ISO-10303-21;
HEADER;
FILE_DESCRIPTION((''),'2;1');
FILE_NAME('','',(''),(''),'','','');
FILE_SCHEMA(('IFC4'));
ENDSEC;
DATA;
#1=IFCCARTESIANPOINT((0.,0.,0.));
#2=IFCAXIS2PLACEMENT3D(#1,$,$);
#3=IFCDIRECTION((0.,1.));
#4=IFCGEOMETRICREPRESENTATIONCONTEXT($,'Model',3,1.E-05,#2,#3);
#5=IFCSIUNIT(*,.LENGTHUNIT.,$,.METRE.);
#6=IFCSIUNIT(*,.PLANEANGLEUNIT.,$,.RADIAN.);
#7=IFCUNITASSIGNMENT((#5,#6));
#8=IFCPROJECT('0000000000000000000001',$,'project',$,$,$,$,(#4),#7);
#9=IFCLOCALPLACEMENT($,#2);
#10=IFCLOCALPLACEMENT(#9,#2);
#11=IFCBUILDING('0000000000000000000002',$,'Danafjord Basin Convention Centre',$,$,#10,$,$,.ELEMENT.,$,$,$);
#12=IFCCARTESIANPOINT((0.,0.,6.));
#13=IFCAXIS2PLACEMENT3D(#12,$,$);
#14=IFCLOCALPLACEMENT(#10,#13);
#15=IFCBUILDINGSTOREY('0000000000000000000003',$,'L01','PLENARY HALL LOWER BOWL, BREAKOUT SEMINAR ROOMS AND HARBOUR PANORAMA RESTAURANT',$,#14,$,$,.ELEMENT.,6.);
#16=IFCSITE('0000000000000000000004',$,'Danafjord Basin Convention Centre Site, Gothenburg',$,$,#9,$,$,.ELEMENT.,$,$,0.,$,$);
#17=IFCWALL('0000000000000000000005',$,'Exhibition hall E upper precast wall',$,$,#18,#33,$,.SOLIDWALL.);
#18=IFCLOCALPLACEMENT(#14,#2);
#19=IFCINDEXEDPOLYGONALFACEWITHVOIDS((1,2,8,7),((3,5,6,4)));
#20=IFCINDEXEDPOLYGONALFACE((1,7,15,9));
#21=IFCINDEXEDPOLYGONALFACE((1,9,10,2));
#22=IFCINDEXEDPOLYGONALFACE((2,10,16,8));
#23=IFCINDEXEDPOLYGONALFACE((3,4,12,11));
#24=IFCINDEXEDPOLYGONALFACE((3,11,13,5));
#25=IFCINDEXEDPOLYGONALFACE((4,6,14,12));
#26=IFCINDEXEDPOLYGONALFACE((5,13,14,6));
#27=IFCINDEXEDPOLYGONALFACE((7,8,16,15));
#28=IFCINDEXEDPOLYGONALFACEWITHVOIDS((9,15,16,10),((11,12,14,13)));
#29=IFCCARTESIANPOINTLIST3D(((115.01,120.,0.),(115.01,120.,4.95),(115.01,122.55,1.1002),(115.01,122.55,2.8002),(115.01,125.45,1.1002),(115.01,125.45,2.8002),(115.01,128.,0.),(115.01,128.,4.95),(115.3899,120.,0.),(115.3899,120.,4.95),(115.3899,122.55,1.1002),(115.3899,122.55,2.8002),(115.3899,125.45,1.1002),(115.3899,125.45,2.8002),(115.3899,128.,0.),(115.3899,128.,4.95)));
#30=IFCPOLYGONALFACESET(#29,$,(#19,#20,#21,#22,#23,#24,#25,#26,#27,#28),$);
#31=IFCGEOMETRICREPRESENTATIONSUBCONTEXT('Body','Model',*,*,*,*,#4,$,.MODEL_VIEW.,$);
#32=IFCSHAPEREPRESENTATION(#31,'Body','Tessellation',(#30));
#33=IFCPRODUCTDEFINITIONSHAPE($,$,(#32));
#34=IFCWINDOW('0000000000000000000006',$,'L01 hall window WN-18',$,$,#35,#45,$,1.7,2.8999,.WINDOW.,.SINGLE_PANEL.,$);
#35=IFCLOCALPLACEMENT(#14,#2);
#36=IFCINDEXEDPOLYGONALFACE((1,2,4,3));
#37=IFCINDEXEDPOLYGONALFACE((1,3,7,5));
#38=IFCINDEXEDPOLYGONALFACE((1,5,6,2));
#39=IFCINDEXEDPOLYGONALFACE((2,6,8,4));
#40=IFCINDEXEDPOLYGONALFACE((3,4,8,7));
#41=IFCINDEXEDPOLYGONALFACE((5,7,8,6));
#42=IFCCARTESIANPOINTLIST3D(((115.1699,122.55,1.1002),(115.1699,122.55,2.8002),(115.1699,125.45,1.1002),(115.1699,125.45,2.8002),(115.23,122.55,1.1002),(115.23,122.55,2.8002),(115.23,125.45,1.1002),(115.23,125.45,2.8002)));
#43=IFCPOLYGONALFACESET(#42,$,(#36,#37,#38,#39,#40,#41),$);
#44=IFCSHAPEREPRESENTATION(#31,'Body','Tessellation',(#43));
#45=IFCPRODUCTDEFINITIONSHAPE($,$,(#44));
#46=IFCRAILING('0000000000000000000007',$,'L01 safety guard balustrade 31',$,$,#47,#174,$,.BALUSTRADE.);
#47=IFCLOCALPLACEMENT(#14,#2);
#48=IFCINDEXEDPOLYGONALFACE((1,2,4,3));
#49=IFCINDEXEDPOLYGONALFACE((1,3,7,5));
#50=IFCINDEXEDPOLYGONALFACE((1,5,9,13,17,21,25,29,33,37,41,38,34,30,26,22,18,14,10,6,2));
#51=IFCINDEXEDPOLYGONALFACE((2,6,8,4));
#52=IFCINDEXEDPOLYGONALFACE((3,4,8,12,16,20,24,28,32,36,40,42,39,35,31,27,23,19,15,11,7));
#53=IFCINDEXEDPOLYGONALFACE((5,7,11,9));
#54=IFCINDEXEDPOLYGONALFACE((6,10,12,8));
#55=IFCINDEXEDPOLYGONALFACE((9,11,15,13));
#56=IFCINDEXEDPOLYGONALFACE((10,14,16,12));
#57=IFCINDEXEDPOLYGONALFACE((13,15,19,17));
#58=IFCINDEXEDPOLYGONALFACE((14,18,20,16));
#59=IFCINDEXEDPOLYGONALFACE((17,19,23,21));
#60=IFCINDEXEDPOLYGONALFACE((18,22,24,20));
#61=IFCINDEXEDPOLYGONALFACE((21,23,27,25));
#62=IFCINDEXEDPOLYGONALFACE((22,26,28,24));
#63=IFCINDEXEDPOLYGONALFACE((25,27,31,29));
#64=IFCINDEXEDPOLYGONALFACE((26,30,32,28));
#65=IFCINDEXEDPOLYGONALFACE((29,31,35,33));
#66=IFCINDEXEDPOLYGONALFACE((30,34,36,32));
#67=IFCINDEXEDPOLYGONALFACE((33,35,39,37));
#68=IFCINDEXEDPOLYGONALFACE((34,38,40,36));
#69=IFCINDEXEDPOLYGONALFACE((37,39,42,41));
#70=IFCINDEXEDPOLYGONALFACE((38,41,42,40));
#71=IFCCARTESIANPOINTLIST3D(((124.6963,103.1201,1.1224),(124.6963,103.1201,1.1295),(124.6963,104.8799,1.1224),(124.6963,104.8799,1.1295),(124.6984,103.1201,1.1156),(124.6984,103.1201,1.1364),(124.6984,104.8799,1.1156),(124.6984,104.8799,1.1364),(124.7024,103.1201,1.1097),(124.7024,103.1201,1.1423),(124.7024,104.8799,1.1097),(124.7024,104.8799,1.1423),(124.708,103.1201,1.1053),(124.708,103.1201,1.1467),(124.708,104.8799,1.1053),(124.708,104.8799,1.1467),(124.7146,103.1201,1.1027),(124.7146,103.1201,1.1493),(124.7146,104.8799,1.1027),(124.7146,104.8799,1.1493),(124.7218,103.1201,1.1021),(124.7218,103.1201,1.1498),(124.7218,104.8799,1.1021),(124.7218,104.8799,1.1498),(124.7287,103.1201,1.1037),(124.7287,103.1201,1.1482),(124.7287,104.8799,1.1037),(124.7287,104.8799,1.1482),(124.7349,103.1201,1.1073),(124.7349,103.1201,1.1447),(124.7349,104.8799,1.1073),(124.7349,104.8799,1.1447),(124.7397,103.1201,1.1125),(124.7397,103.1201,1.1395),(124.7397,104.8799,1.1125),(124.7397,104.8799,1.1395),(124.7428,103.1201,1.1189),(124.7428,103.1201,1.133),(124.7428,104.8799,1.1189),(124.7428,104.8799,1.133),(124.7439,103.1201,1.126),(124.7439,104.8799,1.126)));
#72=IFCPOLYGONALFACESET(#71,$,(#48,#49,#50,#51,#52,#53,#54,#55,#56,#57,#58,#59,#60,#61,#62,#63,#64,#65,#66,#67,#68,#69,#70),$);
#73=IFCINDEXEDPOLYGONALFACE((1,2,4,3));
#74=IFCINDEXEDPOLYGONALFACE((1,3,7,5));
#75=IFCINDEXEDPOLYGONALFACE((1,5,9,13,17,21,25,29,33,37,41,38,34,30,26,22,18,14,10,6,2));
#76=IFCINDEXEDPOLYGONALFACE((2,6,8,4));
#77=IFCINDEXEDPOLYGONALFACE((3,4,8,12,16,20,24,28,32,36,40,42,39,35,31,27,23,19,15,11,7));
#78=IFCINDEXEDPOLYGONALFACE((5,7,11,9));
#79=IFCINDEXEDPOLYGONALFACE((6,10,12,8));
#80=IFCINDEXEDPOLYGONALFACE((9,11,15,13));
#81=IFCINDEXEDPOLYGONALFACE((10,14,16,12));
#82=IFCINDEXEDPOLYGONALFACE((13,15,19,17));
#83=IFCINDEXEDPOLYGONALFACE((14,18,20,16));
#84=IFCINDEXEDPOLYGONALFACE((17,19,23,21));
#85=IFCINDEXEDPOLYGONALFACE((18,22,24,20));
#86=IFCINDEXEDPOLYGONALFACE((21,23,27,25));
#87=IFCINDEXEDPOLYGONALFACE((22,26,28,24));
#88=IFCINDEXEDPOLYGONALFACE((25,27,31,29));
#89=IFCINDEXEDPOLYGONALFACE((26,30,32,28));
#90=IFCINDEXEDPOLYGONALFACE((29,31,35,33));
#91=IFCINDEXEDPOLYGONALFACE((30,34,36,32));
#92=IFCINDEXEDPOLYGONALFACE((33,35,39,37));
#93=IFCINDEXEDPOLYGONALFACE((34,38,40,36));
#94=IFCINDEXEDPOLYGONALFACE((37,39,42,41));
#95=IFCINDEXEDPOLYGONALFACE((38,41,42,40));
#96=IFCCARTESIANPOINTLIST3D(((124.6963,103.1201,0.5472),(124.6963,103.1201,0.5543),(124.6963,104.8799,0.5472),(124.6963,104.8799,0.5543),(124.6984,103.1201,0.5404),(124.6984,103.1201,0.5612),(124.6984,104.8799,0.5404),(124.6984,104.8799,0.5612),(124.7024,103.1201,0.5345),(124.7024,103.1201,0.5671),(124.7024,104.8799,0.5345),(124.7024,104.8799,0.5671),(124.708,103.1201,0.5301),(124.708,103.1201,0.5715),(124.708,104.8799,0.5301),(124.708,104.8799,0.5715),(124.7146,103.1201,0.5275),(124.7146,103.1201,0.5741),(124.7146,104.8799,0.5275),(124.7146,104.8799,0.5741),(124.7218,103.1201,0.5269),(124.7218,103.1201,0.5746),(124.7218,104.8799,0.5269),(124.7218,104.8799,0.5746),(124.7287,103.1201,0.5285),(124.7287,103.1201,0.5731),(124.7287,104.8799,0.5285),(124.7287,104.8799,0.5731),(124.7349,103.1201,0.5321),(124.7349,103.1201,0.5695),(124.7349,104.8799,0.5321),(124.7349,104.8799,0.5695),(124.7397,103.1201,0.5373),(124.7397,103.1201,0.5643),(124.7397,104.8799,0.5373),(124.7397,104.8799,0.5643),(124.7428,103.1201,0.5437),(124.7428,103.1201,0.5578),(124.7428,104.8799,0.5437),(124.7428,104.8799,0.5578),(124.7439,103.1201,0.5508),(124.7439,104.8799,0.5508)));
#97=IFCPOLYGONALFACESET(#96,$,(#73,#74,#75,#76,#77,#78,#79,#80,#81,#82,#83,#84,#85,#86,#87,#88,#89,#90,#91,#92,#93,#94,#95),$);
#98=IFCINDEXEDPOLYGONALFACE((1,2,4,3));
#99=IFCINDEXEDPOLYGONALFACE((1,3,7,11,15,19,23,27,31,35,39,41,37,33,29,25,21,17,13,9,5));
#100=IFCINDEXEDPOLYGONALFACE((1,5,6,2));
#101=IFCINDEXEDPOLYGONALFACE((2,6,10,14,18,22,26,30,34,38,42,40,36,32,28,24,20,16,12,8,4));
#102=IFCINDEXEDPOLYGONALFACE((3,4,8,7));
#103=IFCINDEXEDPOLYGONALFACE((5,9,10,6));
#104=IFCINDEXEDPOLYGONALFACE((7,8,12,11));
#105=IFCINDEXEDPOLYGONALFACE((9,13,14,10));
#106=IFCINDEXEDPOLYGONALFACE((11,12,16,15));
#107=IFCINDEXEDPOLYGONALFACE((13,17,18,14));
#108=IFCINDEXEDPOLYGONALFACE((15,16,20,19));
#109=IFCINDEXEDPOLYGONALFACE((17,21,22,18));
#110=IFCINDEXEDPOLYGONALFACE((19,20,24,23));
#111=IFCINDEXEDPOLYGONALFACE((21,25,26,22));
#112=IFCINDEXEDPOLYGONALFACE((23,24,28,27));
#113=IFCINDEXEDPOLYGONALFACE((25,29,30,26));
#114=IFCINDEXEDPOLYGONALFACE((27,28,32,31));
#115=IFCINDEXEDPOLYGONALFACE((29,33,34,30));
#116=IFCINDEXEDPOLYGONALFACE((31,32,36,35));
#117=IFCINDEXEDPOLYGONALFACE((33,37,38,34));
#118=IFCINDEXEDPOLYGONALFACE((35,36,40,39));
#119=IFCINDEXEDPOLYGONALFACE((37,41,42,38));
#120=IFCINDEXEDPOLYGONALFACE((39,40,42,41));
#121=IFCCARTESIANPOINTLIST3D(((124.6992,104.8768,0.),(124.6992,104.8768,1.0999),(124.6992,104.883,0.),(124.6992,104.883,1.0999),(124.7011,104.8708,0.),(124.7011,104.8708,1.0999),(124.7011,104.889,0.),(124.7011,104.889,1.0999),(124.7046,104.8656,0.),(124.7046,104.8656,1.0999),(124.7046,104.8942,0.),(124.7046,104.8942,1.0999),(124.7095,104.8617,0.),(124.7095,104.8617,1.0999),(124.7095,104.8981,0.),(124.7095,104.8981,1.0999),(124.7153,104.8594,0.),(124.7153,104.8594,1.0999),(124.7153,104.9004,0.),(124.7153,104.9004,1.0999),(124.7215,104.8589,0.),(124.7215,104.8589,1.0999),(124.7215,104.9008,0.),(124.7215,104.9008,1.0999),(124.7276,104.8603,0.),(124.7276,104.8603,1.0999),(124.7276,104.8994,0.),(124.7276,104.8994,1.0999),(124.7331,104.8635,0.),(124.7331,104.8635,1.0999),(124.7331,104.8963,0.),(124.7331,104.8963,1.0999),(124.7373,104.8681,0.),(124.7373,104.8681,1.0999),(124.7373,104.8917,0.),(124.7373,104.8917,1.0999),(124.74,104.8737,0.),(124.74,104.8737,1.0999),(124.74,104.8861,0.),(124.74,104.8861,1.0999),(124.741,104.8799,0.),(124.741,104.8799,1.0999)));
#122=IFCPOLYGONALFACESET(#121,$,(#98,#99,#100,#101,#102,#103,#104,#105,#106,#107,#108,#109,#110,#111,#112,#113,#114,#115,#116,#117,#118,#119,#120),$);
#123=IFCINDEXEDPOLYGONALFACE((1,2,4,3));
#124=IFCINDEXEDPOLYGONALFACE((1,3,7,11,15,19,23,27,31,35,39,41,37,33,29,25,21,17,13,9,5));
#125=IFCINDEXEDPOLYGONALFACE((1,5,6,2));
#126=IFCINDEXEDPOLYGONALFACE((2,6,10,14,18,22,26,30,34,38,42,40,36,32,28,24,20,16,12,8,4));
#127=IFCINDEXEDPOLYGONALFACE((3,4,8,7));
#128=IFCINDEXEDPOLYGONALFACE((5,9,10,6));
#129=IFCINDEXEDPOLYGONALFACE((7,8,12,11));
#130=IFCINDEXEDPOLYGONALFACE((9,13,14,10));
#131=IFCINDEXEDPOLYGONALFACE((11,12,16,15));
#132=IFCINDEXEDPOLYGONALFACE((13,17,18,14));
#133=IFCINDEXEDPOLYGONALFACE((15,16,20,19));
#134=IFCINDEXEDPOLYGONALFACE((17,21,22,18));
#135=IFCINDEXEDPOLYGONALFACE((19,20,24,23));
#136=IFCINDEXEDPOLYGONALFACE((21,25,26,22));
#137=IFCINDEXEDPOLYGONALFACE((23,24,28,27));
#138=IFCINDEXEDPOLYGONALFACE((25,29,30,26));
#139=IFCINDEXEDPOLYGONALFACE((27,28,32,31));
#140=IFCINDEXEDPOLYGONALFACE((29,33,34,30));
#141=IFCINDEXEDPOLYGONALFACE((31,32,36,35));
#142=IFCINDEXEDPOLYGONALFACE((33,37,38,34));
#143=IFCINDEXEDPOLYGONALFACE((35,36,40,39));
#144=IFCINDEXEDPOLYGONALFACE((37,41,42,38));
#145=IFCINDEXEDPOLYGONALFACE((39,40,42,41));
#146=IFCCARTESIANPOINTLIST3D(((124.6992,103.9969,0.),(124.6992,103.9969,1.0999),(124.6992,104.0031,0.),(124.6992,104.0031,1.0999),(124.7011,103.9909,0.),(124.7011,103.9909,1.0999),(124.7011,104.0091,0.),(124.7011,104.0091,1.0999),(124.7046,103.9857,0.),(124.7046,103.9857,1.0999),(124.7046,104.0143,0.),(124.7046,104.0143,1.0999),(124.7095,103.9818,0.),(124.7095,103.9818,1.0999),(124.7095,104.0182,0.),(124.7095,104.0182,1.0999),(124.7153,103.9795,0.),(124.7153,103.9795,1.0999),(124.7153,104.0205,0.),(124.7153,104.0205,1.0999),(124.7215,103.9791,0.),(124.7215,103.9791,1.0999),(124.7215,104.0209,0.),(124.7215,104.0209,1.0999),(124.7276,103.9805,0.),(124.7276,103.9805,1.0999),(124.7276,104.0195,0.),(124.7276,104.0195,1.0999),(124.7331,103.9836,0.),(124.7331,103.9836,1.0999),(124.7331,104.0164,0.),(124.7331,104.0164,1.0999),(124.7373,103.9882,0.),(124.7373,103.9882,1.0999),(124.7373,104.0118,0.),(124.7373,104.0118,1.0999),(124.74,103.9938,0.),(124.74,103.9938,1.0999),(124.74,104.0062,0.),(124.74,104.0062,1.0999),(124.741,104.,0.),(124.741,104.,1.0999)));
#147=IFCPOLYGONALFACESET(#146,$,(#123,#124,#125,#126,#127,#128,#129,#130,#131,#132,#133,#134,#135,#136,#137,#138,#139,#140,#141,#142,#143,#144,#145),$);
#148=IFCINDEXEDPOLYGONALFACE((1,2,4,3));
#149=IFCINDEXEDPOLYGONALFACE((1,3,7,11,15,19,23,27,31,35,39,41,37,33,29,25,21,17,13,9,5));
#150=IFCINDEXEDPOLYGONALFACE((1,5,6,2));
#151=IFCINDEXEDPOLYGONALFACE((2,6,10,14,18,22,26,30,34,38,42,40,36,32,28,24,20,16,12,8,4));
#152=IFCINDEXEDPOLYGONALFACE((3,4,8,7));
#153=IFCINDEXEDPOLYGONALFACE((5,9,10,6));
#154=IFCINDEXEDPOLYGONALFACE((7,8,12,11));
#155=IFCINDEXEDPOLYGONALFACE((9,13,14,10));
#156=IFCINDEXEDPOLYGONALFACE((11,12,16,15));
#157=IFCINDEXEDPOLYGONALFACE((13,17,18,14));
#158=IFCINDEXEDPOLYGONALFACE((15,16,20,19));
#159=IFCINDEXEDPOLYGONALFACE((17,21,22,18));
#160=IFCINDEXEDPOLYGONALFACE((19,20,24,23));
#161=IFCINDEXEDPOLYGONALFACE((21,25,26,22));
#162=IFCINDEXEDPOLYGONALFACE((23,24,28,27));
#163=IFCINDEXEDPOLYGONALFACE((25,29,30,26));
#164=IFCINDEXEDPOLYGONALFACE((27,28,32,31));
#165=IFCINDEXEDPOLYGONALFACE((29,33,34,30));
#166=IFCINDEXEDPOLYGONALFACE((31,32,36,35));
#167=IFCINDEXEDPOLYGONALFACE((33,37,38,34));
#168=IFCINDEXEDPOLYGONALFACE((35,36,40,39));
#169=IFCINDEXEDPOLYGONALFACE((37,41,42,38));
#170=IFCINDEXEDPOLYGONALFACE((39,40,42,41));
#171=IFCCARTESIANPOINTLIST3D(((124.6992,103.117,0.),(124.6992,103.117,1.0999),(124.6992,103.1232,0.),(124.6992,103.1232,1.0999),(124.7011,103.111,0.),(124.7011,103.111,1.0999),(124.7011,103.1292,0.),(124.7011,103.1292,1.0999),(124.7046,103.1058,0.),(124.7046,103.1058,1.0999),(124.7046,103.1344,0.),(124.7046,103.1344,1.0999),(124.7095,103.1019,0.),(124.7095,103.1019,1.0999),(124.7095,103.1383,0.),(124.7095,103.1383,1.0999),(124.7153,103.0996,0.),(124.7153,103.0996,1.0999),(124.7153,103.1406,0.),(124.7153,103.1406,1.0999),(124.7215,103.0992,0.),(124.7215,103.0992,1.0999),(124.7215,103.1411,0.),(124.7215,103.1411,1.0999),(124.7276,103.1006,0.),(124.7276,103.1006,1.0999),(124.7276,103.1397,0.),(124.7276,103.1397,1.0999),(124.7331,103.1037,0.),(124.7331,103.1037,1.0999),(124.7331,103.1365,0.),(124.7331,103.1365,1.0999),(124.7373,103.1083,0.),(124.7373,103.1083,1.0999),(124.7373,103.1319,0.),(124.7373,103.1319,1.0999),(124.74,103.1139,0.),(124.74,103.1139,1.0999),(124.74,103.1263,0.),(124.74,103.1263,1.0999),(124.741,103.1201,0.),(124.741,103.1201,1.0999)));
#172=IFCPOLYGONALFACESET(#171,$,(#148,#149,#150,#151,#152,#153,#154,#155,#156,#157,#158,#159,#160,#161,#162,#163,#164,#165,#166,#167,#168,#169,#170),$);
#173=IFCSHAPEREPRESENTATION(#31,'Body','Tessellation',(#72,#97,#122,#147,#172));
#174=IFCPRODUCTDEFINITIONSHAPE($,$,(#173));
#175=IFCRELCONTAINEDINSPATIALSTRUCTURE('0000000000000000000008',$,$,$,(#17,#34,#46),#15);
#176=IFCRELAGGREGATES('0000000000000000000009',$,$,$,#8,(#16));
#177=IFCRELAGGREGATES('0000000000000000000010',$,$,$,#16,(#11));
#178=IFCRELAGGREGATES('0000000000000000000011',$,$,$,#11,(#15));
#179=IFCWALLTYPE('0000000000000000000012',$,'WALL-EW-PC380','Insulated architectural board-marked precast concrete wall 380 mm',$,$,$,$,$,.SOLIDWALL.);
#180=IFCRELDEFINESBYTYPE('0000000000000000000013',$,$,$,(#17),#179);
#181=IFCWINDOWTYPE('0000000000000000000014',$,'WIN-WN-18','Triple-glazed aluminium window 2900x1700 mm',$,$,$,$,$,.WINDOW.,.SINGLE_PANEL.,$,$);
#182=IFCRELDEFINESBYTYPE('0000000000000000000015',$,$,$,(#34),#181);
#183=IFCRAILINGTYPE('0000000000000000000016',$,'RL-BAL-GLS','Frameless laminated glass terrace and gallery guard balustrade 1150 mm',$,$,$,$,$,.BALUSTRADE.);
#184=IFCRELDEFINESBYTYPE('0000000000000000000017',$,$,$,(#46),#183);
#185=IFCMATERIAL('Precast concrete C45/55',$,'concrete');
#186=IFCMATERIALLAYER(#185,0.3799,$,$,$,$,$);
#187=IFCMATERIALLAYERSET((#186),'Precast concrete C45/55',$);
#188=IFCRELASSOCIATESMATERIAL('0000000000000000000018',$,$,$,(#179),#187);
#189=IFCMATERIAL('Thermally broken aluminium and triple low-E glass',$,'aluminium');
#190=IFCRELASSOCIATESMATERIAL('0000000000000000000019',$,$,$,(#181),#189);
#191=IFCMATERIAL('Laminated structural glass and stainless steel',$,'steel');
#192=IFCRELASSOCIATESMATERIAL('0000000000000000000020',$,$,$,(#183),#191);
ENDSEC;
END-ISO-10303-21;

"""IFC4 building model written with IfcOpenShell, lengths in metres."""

from ifc_helpers import new_model, si_unit, direction, frame, frame_2d, origin, origin_2d, place, context, subcontext, project, spatial, rectangle, circle, extrude, material, layer, layer_set, type_object, element, fill, save


model = new_model("IFC4")

# Units and contexts
model_context = context("Model", 3, precision=1e-05, world=origin(), true_north=direction((0.0, 1.0)))
body_context = subcontext(model_context, "Body", "Model", "MODEL_VIEW")
ifc_project = project(units=[si_unit("LENGTHUNIT", "METRE"), si_unit("PLANEANGLEUNIT", "RADIAN")], contexts=[model_context])

# Site, building, storey
site_placement = place(None, origin())
site = spatial("IfcSite", under=ifc_project, at=site_placement, Name="Danafjord Basin Convention Centre Site, Gothenburg", CompositionType="ELEMENT", RefElevation=0.0)
building_placement = place(site_placement, origin())
building = spatial("IfcBuilding", under=site, at=building_placement, Name="Danafjord Basin Convention Centre", CompositionType="ELEMENT")
storey_placement = place(building_placement, frame((0.0, 0.0, 6.0)))
storey = spatial("IfcBuildingStorey", under=building, at=storey_placement, Name="L01", Description="PLENARY HALL LOWER BOWL, BREAKOUT SEMINAR ROOMS AND HARBOUR PANORAMA RESTAURANT", CompositionType="ELEMENT", Elevation=6.0)

# Wall, opening, window
ifc_material_1 = material(Name="Precast concrete C45/55", Category="concrete")
ifc_layer_1 = layer(ifc_material_1, 0.3799)
ifc_layer_set_1 = layer_set([ifc_layer_1], Name="Precast concrete C45/55")
wall_type = type_object("IfcWallType", Name="WALL-EW-PC380", Description="Insulated architectural board-marked precast concrete wall 380 mm", PredefinedType="SOLIDWALL", material=ifc_layer_set_1)
ifc_material_2 = material(Name="Thermally broken aluminium and triple low-E glass", Category="aluminium")
wall_1_placement = place(storey_placement, frame((115.2, 120.0, 0.0), z_axis=(0.0, 0.0, 1.0), x_axis=(0.0, 1.0, 0.0)))
wall_1 = element("IfcWall", 1, at=wall_1_placement, inside=storey, type_object=wall_type, Name="Exhibition hall E upper precast wall", PredefinedType="SOLIDWALL", context=body_context, shape_type="SweptSolid", body=[
    extrude(rectangle(XDim=8.0, YDim=0.3799, at=frame_2d((4.0, 0.0))), origin(), (0.0, 0.0, 1.0), 4.95),
])
opening_1_placement = place(wall_1_placement, frame((2.55, 0.0, 1.1001)))
opening_1 = element("IfcOpeningElement", 2, at=opening_1_placement, cuts=wall_1, PredefinedType="OPENING", context=body_context, shape_type="SweptSolid", body=[
    extrude(rectangle(XDim=2.8999, YDim=1.7, at=frame_2d((1.45, 0.8501))), frame((0.0, 0.2, 0.0), z_axis=(0.0, -1.0, 0.0), x_axis=(1.0, 0.0, 0.0)), (0.0, 0.0, 1.0), 0.3999),
])
window_type_1 = type_object("IfcWindowType", Name="WIN-WN-18", Description="Triple-glazed aluminium window 2900x1700 mm", PartitioningType="SINGLE_PANEL", PredefinedType="WINDOW", material=ifc_material_2)
window_1_placement = place(opening_1_placement, origin())
window_1 = element("IfcWindow", 3, at=window_1_placement, inside=storey, type_object=window_type_1, Name="L01 hall window WN-18", OverallHeight=1.7, OverallWidth=2.8999, PartitioningType="SINGLE_PANEL", PredefinedType="WINDOW", context=body_context, shape_type="SweptSolid", body=[
    extrude(rectangle(XDim=2.8999, YDim=1.7, at=frame_2d((1.45, 0.8501))), frame((0.0, 0.03, 0.0), z_axis=(0.0, -1.0, 0.0), x_axis=(1.0, 0.0, 0.0)), (0.0, 0.0, 1.0), 0.0601),
])
fill(opening_1, window_1)

# Railing
ifc_material_3 = material(Name="Laminated structural glass and stainless steel", Category="steel")
railing_type = type_object("IfcRailingType", Name="RL-BAL-GLS", Description="Frameless laminated glass terrace and gallery guard balustrade 1150 mm", PredefinedType="BALUSTRADE", material=ifc_material_3)
railing_placement = place(storey_placement, frame((124.72, 104.8799, 0.0)))
element("IfcRailing", 4, at=railing_placement, inside=storey, type_object=railing_type, Name="L01 safety guard balustrade 31", PredefinedType="BALUSTRADE", context=body_context, shape_type="SweptSolid", body=[
    extrude(circle(Radius=0.0239, at=origin_2d()), frame((0.0, 0.0, 1.126), z_axis=(0.0, -1.0, 0.0), x_axis=(1.0, 0.0, 0.0)), (0.0, 0.0, 1.0), 1.7598),
    extrude(circle(Radius=0.0239, at=origin_2d()), frame((0.0, 0.0, 0.5508), z_axis=(0.0, -1.0, 0.0), x_axis=(1.0, 0.0, 0.0)), (0.0, 0.0, 1.0), 1.7598),
    extrude(circle(Radius=0.021, at=origin_2d()), origin(), (0.0, 0.0, 1.0), 1.0999),
    extrude(circle(Radius=0.021, at=origin_2d()), frame((0.0, -0.8799, 0.0)), (0.0, 0.0, 1.0), 1.0999),
    extrude(circle(Radius=0.021, at=origin_2d()), frame((0.0, -1.7598, 0.0)), (0.0, 0.0, 1.0), 1.0999),
])

save(model, "model.ifc")
